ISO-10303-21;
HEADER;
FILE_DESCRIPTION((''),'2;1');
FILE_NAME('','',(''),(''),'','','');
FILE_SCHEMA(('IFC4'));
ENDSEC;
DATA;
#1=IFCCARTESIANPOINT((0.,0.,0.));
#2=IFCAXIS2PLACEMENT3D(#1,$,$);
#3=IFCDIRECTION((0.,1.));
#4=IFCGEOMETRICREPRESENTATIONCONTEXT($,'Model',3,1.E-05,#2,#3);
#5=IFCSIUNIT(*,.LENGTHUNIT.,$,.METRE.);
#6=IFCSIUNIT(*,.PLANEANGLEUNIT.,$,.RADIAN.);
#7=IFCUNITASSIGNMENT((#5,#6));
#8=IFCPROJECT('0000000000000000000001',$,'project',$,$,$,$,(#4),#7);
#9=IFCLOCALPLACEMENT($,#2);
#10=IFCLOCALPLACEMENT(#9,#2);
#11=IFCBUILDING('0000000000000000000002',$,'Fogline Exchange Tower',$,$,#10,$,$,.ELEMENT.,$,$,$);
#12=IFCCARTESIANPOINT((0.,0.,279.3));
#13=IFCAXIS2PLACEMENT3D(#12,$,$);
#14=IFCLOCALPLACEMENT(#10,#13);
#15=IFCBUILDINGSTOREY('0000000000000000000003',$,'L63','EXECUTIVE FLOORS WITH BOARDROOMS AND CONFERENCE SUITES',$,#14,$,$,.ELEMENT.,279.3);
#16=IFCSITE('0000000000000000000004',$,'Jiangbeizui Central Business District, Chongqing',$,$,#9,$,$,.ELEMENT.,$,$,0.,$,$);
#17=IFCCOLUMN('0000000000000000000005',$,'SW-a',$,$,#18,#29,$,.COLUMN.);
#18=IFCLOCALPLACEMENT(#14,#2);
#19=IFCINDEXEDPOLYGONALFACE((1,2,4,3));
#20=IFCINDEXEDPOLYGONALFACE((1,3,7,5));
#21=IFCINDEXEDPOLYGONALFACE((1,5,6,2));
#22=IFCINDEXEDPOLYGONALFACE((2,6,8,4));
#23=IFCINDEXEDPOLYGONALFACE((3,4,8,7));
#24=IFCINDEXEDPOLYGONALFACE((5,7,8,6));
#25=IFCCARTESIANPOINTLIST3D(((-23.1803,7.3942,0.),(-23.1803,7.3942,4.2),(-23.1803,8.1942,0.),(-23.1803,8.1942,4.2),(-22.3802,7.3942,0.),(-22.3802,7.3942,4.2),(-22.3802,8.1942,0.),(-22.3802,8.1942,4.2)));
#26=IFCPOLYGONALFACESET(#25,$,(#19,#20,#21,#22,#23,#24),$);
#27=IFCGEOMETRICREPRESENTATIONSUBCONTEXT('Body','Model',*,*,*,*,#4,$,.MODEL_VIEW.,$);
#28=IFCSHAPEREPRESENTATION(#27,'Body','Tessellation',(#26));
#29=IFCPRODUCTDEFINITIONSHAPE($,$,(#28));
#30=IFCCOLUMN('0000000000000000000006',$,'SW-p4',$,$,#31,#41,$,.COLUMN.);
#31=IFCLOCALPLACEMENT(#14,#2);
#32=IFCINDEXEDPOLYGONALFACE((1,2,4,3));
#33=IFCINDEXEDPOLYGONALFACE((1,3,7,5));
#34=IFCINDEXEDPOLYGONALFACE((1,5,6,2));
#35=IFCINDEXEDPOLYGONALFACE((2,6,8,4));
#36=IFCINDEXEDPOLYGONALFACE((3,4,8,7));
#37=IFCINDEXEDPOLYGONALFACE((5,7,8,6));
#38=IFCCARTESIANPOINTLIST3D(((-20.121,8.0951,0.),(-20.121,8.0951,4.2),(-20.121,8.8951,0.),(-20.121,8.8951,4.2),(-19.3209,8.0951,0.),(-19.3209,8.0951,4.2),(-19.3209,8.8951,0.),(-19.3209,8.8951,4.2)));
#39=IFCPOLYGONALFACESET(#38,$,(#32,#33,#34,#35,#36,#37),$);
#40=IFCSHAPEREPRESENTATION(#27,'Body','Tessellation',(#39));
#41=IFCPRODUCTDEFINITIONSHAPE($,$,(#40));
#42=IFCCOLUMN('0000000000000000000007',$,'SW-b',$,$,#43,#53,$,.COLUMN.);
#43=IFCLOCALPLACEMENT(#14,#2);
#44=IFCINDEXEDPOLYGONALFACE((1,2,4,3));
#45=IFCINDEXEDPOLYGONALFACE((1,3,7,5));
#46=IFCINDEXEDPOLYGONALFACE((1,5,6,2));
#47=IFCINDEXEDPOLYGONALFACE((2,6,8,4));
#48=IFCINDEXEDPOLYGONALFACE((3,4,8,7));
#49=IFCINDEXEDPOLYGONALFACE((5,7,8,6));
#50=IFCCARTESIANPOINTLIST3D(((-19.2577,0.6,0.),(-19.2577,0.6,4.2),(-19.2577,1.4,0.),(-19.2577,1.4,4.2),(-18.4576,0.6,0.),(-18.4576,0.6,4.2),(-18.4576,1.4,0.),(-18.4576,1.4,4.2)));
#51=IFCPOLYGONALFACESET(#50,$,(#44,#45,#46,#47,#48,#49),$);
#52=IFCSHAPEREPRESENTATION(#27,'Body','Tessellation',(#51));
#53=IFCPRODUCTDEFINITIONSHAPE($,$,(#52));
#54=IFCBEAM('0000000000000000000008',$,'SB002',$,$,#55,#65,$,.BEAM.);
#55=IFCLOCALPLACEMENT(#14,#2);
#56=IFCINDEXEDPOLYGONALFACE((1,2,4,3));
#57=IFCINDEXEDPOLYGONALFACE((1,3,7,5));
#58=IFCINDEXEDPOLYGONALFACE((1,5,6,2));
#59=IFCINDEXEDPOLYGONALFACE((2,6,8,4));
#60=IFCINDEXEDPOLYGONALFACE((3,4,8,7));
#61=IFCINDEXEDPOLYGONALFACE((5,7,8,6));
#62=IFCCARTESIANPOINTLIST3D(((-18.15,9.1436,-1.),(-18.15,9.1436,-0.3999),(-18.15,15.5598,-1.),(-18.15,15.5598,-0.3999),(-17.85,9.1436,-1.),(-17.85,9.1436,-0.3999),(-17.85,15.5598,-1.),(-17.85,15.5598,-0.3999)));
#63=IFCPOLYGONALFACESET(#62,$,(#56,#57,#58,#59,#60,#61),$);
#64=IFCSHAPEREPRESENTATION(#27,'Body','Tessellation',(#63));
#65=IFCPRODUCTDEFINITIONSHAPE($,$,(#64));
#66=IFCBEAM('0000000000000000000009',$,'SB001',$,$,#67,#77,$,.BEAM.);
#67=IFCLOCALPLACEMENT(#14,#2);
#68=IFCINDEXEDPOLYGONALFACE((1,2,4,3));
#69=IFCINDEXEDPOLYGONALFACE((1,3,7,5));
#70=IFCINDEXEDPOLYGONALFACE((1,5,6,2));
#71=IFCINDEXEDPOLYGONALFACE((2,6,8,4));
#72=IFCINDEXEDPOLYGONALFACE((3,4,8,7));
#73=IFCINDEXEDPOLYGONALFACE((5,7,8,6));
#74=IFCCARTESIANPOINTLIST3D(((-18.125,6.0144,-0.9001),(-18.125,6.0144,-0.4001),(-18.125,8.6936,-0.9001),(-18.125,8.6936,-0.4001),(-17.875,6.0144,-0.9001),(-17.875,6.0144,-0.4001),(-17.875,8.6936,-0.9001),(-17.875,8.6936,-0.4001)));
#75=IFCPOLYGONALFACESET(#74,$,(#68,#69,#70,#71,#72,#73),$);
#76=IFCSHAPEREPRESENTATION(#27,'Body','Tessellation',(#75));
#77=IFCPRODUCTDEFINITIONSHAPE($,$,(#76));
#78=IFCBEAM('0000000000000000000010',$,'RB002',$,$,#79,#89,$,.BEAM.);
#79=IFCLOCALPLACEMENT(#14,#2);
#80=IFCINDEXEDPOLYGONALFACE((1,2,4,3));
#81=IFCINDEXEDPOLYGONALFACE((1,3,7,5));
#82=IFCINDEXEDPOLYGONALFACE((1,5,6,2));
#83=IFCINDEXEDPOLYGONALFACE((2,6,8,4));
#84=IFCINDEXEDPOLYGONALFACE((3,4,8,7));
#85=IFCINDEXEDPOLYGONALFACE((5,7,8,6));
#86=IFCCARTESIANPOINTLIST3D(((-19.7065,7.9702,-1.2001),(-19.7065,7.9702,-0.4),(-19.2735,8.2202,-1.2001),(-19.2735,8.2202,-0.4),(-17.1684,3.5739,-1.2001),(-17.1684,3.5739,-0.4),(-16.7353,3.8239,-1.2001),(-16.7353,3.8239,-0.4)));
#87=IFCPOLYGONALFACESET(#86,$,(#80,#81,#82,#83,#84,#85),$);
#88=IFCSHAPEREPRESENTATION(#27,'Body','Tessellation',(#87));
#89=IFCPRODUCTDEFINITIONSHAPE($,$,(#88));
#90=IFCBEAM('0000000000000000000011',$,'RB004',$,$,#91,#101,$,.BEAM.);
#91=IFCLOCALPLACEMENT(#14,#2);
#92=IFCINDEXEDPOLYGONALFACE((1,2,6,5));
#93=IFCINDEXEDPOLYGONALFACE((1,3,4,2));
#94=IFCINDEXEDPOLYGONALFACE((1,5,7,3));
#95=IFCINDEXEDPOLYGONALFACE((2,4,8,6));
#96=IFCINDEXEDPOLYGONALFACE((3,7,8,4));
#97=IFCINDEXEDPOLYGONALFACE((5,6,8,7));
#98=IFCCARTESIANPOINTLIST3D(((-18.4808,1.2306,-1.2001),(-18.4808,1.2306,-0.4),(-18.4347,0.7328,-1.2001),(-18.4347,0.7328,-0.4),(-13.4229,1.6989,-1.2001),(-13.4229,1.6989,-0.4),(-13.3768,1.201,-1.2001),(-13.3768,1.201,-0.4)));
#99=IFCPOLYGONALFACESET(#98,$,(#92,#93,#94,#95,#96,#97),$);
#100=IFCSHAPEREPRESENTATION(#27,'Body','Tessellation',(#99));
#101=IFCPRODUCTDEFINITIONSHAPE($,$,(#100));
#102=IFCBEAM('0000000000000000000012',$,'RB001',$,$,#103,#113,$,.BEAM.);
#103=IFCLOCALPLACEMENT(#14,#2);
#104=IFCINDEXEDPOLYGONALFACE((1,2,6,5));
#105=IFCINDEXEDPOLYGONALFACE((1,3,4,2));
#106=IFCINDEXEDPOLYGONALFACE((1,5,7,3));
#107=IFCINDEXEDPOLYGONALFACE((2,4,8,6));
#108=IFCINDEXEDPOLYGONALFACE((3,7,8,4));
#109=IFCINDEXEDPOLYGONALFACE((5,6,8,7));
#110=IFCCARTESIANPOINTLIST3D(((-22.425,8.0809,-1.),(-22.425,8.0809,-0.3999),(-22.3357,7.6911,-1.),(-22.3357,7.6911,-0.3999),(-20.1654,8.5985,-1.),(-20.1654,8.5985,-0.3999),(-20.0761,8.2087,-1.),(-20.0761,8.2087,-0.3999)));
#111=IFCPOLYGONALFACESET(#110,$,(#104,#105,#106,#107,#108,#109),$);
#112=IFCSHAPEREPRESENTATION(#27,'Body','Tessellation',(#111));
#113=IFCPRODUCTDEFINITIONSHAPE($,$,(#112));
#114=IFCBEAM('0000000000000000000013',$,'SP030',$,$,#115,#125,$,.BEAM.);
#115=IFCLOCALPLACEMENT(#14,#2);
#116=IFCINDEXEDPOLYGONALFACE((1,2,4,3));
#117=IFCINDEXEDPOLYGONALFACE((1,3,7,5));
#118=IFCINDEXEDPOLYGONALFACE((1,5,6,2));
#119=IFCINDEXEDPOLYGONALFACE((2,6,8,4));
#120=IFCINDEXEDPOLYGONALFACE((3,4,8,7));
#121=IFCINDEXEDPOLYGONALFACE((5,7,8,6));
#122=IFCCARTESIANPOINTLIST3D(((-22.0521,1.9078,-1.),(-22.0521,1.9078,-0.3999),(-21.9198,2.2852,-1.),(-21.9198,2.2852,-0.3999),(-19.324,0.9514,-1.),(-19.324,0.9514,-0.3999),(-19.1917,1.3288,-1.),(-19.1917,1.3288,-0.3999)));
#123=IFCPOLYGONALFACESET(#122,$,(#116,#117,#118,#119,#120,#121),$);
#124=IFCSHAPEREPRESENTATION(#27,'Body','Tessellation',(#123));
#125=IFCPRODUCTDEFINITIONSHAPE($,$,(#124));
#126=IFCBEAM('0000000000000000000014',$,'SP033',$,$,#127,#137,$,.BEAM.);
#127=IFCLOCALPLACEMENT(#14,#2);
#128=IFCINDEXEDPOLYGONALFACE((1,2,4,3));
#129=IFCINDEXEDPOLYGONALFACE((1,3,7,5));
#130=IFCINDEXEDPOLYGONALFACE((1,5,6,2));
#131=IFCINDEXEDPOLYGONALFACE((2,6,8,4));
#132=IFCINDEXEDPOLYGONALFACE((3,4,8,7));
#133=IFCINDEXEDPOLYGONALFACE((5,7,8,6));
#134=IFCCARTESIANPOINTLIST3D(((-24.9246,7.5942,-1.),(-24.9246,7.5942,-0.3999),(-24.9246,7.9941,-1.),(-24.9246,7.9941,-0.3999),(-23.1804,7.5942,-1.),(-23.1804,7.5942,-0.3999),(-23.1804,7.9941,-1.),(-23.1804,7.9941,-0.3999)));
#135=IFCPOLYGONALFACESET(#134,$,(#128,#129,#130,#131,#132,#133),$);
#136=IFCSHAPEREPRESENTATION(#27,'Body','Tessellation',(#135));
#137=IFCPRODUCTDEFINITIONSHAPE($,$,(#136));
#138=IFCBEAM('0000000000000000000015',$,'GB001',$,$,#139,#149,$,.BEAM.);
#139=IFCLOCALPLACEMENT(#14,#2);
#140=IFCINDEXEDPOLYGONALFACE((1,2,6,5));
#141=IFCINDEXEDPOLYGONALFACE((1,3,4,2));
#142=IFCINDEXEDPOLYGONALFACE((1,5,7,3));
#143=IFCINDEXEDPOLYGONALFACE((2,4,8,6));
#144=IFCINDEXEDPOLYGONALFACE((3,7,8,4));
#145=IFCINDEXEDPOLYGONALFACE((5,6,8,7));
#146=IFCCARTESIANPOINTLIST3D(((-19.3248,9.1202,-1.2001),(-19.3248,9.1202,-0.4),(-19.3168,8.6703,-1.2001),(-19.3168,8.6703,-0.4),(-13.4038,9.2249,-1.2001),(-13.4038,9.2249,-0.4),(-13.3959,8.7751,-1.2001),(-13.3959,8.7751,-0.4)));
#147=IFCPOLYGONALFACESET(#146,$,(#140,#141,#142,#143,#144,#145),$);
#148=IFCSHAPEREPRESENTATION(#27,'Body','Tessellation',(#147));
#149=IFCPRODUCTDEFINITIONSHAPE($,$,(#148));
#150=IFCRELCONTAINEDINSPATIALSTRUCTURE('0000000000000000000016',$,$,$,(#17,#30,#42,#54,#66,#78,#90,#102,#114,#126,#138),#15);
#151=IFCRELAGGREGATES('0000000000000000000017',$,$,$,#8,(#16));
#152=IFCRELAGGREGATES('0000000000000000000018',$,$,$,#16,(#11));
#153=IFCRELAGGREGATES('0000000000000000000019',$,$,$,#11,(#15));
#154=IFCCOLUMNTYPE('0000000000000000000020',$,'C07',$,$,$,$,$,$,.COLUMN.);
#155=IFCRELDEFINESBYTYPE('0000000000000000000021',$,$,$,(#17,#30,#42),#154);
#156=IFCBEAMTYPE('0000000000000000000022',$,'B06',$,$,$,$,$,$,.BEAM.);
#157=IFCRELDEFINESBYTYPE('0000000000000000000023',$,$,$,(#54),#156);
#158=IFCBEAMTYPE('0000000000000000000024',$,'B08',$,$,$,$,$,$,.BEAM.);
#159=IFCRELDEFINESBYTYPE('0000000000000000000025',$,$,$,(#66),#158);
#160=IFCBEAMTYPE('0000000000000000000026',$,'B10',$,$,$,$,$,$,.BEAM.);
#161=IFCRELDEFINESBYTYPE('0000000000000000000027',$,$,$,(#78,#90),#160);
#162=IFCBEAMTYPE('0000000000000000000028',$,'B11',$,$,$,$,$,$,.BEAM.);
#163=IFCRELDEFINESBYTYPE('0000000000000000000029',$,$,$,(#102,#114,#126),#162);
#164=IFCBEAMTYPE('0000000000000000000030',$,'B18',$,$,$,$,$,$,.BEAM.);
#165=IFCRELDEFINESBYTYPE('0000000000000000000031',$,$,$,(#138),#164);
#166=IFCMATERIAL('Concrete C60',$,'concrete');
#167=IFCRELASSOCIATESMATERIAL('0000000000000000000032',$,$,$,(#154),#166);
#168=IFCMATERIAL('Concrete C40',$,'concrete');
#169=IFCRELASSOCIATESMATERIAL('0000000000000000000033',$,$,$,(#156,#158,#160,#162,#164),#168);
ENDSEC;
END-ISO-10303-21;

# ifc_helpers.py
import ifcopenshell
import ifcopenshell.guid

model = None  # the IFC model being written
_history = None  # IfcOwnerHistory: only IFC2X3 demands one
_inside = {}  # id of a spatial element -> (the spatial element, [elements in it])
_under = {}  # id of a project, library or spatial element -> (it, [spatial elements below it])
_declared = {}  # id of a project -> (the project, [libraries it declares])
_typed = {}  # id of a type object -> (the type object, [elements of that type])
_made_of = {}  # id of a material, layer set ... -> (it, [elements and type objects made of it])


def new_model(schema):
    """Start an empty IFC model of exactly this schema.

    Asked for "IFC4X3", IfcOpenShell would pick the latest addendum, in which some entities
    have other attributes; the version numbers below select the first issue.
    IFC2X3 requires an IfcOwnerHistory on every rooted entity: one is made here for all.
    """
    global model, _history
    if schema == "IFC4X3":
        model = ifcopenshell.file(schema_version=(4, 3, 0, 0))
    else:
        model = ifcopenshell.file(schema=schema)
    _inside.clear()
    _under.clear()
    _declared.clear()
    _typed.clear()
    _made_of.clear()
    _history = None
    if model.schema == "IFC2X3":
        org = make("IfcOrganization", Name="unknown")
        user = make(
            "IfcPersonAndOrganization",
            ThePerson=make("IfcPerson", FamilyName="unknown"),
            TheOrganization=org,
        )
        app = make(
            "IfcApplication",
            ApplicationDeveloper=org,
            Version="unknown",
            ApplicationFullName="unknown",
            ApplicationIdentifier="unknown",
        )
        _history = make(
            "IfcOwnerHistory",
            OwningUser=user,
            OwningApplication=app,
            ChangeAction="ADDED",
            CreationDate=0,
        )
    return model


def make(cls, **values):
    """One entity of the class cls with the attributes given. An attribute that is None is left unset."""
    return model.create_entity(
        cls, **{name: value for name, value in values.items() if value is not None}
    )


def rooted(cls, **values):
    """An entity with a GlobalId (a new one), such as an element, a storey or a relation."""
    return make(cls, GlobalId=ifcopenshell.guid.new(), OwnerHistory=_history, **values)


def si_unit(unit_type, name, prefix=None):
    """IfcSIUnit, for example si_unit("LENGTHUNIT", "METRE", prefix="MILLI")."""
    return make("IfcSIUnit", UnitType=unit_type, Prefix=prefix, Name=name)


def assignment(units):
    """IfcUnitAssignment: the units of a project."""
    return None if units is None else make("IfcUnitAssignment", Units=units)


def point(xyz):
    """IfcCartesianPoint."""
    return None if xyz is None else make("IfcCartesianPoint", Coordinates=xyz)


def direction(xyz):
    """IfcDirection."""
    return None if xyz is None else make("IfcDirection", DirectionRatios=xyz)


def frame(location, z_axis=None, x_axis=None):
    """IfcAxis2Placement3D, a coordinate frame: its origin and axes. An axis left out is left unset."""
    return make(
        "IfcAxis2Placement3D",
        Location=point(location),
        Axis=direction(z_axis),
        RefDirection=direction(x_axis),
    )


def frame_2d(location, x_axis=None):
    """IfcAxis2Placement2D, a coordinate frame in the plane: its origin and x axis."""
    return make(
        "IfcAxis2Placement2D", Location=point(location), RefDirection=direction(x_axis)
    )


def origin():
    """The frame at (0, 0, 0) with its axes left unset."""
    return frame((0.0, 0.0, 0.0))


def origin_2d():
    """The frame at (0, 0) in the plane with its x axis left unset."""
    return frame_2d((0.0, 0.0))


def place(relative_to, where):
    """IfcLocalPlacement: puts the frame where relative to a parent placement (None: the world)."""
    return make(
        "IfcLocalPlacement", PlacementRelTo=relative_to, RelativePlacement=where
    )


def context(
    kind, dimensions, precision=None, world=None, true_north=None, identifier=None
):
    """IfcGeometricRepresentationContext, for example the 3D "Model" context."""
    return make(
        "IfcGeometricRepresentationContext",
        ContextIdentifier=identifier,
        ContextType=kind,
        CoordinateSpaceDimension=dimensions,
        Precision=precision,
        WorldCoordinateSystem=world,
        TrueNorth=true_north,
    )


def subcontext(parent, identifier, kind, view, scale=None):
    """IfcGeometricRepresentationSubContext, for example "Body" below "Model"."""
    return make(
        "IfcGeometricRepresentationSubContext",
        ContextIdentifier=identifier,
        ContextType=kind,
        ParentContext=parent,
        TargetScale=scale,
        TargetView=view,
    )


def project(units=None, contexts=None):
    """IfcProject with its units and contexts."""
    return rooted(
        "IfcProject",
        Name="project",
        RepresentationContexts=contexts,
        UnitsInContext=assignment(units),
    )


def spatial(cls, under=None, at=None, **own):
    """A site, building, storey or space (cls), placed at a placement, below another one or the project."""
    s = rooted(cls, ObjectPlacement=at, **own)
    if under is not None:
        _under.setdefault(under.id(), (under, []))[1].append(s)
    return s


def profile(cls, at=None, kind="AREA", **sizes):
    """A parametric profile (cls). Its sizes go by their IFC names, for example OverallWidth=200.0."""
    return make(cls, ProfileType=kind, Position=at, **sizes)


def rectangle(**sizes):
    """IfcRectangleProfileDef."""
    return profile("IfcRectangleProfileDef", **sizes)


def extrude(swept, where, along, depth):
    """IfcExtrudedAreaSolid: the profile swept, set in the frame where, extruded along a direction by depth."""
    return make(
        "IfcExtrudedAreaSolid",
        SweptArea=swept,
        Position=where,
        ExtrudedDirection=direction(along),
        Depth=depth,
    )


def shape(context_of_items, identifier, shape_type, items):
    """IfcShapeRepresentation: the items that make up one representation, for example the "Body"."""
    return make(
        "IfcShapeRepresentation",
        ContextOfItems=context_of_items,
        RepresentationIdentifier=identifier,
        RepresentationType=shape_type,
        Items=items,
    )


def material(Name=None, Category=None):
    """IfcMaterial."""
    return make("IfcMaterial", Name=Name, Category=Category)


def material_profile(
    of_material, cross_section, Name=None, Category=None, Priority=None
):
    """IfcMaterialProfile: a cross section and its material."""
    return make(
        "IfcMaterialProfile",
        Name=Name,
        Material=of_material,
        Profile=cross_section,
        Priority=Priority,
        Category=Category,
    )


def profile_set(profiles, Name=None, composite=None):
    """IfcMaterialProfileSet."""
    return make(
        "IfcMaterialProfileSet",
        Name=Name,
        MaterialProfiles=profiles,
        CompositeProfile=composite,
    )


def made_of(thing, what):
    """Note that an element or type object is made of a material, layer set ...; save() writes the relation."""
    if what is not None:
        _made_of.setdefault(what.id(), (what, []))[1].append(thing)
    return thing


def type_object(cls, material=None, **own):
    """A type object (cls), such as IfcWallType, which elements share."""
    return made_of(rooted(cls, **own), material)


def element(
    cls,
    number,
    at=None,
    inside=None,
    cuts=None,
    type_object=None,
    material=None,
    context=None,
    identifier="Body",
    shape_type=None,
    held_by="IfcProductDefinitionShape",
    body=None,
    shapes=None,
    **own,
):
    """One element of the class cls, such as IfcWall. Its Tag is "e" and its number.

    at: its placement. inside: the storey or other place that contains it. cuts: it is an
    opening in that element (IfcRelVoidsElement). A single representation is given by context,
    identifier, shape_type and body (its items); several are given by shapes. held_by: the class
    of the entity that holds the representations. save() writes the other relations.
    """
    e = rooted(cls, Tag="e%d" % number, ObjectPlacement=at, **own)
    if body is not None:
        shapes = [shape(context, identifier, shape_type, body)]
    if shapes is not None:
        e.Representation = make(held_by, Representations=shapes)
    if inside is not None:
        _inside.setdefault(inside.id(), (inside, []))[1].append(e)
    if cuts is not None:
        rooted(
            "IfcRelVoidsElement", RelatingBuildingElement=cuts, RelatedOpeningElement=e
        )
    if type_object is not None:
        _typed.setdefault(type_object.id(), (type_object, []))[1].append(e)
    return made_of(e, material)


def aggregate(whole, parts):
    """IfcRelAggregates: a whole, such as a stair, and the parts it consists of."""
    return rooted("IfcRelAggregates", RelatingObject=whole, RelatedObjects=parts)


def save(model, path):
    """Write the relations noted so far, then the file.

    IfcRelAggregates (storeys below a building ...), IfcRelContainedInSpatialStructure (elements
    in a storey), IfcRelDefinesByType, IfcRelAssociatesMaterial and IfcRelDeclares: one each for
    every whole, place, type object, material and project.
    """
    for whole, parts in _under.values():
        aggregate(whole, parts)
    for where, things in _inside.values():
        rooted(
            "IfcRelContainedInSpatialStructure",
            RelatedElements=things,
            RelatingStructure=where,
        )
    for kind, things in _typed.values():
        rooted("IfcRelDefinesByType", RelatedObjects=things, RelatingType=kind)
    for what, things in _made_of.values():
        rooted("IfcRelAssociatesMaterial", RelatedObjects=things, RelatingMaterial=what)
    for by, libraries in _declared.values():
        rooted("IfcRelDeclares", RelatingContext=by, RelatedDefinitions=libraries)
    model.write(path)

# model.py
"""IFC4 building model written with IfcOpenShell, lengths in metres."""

from ifc_helpers import new_model, si_unit, direction, frame, origin, origin_2d, place, context, subcontext, project, spatial, rectangle, extrude, material, material_profile, profile_set, type_object, element, save


model = new_model("IFC4")

# Units and contexts
model_context = context("Model", 3, precision=1e-05, world=origin(), true_north=direction((0.0, 1.0)))
body_context = subcontext(model_context, "Body", "Model", "MODEL_VIEW")
ifc_project = project(units=[si_unit("LENGTHUNIT", "METRE"), si_unit("PLANEANGLEUNIT", "RADIAN")], contexts=[model_context])

# Site, building, storey
site_placement = place(None, origin())
site = spatial("IfcSite", under=ifc_project, at=site_placement, Name="Jiangbeizui Central Business District, Chongqing", CompositionType="ELEMENT", RefElevation=0.0)
building_placement = place(site_placement, origin())
building = spatial("IfcBuilding", under=site, at=building_placement, Name="Fogline Exchange Tower", CompositionType="ELEMENT")
storey_placement = place(building_placement, frame((0.0, 0.0, 279.3)))
storey = spatial("IfcBuildingStorey", under=building, at=storey_placement, Name="L63", Description="EXECUTIVE FLOORS WITH BOARDROOMS AND CONFERENCE SUITES", CompositionType="ELEMENT", Elevation=279.3)

# Columns
ifc_material_1 = material(Name="Concrete C60", Category="concrete")
ifc_material_profile_1 = material_profile(ifc_material_1, rectangle(XDim=0.8, YDim=0.8, at=origin_2d()), Name="RC 800x800")
ifc_profile_set_1 = profile_set([ifc_material_profile_1], Name="Concrete C60")
column_type = type_object("IfcColumnType", Name="C07", PredefinedType="COLUMN", material=ifc_profile_set_1)
for number, where, z_axis, x_axis, name in (
    (1, (-22.7803, 7.7942, 0.0), (0.0, 0.0, 1.0), (1.0, 0.0, 0.0), "SW-a"),
    (2, (-19.7209, 8.4951, 0.0), (0.0, 0.0, 1.0), (1.0, 0.0, 0.0), "SW-p4"),
    (3, (-18.8577, 1.0, 0.0), (0.0, 0.0, 1.0), (1.0, 0.0, 0.0), "SW-b"),
):
    element("IfcColumn", number, at=place(storey_placement, frame(where, z_axis=z_axis, x_axis=x_axis)), inside=storey, type_object=column_type, Name=name, PredefinedType="COLUMN", context=body_context, shape_type="SweptSolid", body=[
        extrude(rectangle(XDim=0.8, YDim=0.8, at=origin_2d()), origin(), (0.0, 0.0, 1.0), 4.2),
    ])

# Beams
ifc_material_2 = material(Name="Concrete C40", Category="concrete")
ifc_material_profile_2 = material_profile(ifc_material_2, rectangle(XDim=0.3, YDim=0.6001, at=origin_2d()), Name="RC 300x600")
ifc_profile_set_2 = profile_set([ifc_material_profile_2], Name="Concrete C40")
beam_type_1 = type_object("IfcBeamType", Name="B06", PredefinedType="BEAM", material=ifc_profile_set_2)
beam_1_placement = place(storey_placement, frame((-18.0, 9.1436, -0.7), z_axis=(0.0, 1.0, 0.0), x_axis=(-1.0, 0.0, 0.0)))
element("IfcBeam", 4, at=beam_1_placement, inside=storey, type_object=beam_type_1, Name="SB002", PredefinedType="BEAM", context=body_context, shape_type="SweptSolid", body=[
    extrude(rectangle(XDim=0.3, YDim=0.6001, at=origin_2d()), origin(), (0.0, 0.0, 1.0), 6.4163),
])
ifc_material_profile_3 = material_profile(ifc_material_2, rectangle(XDim=0.25, YDim=0.5, at=origin_2d()), Name="RC 250x500")
ifc_profile_set_3 = profile_set([ifc_material_profile_3], Name="Concrete C40")
beam_type_2 = type_object("IfcBeamType", Name="B08", PredefinedType="BEAM", material=ifc_profile_set_3)
beam_2_placement = place(storey_placement, frame((-18.0, 6.0144, -0.6501), z_axis=(0.0, 1.0, 0.0), x_axis=(-1.0, 0.0, 0.0)))
element("IfcBeam", 5, at=beam_2_placement, inside=storey, type_object=beam_type_2, Name="SB001", PredefinedType="BEAM", context=body_context, shape_type="SweptSolid", body=[
    extrude(rectangle(XDim=0.25, YDim=0.5, at=origin_2d()), origin(), (0.0, 0.0, 1.0), 2.6792),
])
ifc_material_profile_4 = material_profile(ifc_material_2, rectangle(XDim=0.5, YDim=0.8, at=origin_2d()), Name="RC 500x800")
ifc_profile_set_4 = profile_set([ifc_material_profile_4], Name="Concrete C40")
beam_type_3 = type_object("IfcBeamType", Name="B10", PredefinedType="BEAM", material=ifc_profile_set_4)
beam_3_placement = place(storey_placement, frame((-19.49, 8.0952, -0.8), z_axis=(0.499988, -0.866033, 0.0), x_axis=(0.866033, 0.499988, 0.0)))
element("IfcBeam", 6, at=beam_3_placement, inside=storey, type_object=beam_type_3, Name="RB002", PredefinedType="BEAM", context=body_context, shape_type="SweptSolid", body=[
    extrude(rectangle(XDim=0.5, YDim=0.8, at=origin_2d()), origin(), (0.0, 0.0, 1.0), 5.0764),
])
beam_4_placement = place(storey_placement, frame((-18.4578, 0.9817, -0.8), z_axis=(0.995742, 0.092187, 0.0), x_axis=(-0.092187, 0.995742, 0.0)))
element("IfcBeam", 7, at=beam_4_placement, inside=storey, type_object=beam_type_3, Name="RB004", PredefinedType="BEAM", context=body_context, shape_type="SweptSolid", body=[
    extrude(rectangle(XDim=0.5, YDim=0.8, at=origin_2d()), origin(), (0.0, 0.0, 1.0), 5.0796),
])
ifc_material_profile_5 = material_profile(ifc_material_2, rectangle(XDim=0.3999, YDim=0.6001, at=origin_2d()), Name="RC 400x600")
ifc_profile_set_5 = profile_set([ifc_material_profile_5], Name="Concrete C40")
beam_type_4 = type_object("IfcBeamType", Name="B11", PredefinedType="BEAM", material=ifc_profile_set_5)
beam_5_placement = place(storey_placement, frame((-22.3804, 7.886, -0.7), z_axis=(0.974754, 0.223282, 0.0), x_axis=(-0.223282, 0.974754, 0.0)))
element("IfcBeam", 8, at=beam_5_placement, inside=storey, type_object=beam_type_4, Name="RB001", PredefinedType="BEAM", context=body_context, shape_type="SweptSolid", body=[
    extrude(rectangle(XDim=0.3999, YDim=0.6001, at=origin_2d()), origin(), (0.0, 0.0, 1.0), 2.3181),
])
beam_6_placement = place(storey_placement, frame((-19.2578, 1.1401, -0.7), z_axis=(-0.943698, 0.330809, 0.0), x_axis=(-0.330809, -0.943698, 0.0)))
element("IfcBeam", 9, at=beam_6_placement, inside=storey, type_object=beam_type_4, Name="SP030", PredefinedType="BEAM", context=body_context, shape_type="SweptSolid", body=[
    extrude(rectangle(XDim=0.3999, YDim=0.6001, at=origin_2d()), origin(), (0.0, 0.0, 1.0), 2.8909),
])
beam_7_placement = place(storey_placement, frame((-23.1804, 7.7942, -0.7), z_axis=(-1.0, 0.0, 0.0), x_axis=(0.0, -1.0, 0.0)))
element("IfcBeam", 10, at=beam_7_placement, inside=storey, type_object=beam_type_4, Name="SP033", PredefinedType="BEAM", context=body_context, shape_type="SweptSolid", body=[
    extrude(rectangle(XDim=0.3999, YDim=0.6001, at=origin_2d()), origin(), (0.0, 0.0, 1.0), 1.7441),
])
ifc_material_profile_6 = material_profile(ifc_material_2, rectangle(XDim=0.45, YDim=0.8, at=origin_2d()), Name="RC 450x800")
ifc_profile_set_6 = profile_set([ifc_material_profile_6], Name="Concrete C40")
beam_type_5 = type_object("IfcBeamType", Name="B18", PredefinedType="BEAM", material=ifc_profile_set_6)
beam_8_placement = place(storey_placement, frame((-19.3208, 8.8953, -0.8), z_axis=(0.999844, 0.017686, 0.0), x_axis=(-0.017686, 0.999844, 0.0)))
element("IfcBeam", 11, at=beam_8_placement, inside=storey, type_object=beam_type_5, Name="GB001", PredefinedType="BEAM", context=body_context, shape_type="SweptSolid", body=[
    extrude(rectangle(XDim=0.45, YDim=0.8, at=origin_2d()), origin(), (0.0, 0.0, 1.0), 5.9219),
])

save(model, "model.ifc")
